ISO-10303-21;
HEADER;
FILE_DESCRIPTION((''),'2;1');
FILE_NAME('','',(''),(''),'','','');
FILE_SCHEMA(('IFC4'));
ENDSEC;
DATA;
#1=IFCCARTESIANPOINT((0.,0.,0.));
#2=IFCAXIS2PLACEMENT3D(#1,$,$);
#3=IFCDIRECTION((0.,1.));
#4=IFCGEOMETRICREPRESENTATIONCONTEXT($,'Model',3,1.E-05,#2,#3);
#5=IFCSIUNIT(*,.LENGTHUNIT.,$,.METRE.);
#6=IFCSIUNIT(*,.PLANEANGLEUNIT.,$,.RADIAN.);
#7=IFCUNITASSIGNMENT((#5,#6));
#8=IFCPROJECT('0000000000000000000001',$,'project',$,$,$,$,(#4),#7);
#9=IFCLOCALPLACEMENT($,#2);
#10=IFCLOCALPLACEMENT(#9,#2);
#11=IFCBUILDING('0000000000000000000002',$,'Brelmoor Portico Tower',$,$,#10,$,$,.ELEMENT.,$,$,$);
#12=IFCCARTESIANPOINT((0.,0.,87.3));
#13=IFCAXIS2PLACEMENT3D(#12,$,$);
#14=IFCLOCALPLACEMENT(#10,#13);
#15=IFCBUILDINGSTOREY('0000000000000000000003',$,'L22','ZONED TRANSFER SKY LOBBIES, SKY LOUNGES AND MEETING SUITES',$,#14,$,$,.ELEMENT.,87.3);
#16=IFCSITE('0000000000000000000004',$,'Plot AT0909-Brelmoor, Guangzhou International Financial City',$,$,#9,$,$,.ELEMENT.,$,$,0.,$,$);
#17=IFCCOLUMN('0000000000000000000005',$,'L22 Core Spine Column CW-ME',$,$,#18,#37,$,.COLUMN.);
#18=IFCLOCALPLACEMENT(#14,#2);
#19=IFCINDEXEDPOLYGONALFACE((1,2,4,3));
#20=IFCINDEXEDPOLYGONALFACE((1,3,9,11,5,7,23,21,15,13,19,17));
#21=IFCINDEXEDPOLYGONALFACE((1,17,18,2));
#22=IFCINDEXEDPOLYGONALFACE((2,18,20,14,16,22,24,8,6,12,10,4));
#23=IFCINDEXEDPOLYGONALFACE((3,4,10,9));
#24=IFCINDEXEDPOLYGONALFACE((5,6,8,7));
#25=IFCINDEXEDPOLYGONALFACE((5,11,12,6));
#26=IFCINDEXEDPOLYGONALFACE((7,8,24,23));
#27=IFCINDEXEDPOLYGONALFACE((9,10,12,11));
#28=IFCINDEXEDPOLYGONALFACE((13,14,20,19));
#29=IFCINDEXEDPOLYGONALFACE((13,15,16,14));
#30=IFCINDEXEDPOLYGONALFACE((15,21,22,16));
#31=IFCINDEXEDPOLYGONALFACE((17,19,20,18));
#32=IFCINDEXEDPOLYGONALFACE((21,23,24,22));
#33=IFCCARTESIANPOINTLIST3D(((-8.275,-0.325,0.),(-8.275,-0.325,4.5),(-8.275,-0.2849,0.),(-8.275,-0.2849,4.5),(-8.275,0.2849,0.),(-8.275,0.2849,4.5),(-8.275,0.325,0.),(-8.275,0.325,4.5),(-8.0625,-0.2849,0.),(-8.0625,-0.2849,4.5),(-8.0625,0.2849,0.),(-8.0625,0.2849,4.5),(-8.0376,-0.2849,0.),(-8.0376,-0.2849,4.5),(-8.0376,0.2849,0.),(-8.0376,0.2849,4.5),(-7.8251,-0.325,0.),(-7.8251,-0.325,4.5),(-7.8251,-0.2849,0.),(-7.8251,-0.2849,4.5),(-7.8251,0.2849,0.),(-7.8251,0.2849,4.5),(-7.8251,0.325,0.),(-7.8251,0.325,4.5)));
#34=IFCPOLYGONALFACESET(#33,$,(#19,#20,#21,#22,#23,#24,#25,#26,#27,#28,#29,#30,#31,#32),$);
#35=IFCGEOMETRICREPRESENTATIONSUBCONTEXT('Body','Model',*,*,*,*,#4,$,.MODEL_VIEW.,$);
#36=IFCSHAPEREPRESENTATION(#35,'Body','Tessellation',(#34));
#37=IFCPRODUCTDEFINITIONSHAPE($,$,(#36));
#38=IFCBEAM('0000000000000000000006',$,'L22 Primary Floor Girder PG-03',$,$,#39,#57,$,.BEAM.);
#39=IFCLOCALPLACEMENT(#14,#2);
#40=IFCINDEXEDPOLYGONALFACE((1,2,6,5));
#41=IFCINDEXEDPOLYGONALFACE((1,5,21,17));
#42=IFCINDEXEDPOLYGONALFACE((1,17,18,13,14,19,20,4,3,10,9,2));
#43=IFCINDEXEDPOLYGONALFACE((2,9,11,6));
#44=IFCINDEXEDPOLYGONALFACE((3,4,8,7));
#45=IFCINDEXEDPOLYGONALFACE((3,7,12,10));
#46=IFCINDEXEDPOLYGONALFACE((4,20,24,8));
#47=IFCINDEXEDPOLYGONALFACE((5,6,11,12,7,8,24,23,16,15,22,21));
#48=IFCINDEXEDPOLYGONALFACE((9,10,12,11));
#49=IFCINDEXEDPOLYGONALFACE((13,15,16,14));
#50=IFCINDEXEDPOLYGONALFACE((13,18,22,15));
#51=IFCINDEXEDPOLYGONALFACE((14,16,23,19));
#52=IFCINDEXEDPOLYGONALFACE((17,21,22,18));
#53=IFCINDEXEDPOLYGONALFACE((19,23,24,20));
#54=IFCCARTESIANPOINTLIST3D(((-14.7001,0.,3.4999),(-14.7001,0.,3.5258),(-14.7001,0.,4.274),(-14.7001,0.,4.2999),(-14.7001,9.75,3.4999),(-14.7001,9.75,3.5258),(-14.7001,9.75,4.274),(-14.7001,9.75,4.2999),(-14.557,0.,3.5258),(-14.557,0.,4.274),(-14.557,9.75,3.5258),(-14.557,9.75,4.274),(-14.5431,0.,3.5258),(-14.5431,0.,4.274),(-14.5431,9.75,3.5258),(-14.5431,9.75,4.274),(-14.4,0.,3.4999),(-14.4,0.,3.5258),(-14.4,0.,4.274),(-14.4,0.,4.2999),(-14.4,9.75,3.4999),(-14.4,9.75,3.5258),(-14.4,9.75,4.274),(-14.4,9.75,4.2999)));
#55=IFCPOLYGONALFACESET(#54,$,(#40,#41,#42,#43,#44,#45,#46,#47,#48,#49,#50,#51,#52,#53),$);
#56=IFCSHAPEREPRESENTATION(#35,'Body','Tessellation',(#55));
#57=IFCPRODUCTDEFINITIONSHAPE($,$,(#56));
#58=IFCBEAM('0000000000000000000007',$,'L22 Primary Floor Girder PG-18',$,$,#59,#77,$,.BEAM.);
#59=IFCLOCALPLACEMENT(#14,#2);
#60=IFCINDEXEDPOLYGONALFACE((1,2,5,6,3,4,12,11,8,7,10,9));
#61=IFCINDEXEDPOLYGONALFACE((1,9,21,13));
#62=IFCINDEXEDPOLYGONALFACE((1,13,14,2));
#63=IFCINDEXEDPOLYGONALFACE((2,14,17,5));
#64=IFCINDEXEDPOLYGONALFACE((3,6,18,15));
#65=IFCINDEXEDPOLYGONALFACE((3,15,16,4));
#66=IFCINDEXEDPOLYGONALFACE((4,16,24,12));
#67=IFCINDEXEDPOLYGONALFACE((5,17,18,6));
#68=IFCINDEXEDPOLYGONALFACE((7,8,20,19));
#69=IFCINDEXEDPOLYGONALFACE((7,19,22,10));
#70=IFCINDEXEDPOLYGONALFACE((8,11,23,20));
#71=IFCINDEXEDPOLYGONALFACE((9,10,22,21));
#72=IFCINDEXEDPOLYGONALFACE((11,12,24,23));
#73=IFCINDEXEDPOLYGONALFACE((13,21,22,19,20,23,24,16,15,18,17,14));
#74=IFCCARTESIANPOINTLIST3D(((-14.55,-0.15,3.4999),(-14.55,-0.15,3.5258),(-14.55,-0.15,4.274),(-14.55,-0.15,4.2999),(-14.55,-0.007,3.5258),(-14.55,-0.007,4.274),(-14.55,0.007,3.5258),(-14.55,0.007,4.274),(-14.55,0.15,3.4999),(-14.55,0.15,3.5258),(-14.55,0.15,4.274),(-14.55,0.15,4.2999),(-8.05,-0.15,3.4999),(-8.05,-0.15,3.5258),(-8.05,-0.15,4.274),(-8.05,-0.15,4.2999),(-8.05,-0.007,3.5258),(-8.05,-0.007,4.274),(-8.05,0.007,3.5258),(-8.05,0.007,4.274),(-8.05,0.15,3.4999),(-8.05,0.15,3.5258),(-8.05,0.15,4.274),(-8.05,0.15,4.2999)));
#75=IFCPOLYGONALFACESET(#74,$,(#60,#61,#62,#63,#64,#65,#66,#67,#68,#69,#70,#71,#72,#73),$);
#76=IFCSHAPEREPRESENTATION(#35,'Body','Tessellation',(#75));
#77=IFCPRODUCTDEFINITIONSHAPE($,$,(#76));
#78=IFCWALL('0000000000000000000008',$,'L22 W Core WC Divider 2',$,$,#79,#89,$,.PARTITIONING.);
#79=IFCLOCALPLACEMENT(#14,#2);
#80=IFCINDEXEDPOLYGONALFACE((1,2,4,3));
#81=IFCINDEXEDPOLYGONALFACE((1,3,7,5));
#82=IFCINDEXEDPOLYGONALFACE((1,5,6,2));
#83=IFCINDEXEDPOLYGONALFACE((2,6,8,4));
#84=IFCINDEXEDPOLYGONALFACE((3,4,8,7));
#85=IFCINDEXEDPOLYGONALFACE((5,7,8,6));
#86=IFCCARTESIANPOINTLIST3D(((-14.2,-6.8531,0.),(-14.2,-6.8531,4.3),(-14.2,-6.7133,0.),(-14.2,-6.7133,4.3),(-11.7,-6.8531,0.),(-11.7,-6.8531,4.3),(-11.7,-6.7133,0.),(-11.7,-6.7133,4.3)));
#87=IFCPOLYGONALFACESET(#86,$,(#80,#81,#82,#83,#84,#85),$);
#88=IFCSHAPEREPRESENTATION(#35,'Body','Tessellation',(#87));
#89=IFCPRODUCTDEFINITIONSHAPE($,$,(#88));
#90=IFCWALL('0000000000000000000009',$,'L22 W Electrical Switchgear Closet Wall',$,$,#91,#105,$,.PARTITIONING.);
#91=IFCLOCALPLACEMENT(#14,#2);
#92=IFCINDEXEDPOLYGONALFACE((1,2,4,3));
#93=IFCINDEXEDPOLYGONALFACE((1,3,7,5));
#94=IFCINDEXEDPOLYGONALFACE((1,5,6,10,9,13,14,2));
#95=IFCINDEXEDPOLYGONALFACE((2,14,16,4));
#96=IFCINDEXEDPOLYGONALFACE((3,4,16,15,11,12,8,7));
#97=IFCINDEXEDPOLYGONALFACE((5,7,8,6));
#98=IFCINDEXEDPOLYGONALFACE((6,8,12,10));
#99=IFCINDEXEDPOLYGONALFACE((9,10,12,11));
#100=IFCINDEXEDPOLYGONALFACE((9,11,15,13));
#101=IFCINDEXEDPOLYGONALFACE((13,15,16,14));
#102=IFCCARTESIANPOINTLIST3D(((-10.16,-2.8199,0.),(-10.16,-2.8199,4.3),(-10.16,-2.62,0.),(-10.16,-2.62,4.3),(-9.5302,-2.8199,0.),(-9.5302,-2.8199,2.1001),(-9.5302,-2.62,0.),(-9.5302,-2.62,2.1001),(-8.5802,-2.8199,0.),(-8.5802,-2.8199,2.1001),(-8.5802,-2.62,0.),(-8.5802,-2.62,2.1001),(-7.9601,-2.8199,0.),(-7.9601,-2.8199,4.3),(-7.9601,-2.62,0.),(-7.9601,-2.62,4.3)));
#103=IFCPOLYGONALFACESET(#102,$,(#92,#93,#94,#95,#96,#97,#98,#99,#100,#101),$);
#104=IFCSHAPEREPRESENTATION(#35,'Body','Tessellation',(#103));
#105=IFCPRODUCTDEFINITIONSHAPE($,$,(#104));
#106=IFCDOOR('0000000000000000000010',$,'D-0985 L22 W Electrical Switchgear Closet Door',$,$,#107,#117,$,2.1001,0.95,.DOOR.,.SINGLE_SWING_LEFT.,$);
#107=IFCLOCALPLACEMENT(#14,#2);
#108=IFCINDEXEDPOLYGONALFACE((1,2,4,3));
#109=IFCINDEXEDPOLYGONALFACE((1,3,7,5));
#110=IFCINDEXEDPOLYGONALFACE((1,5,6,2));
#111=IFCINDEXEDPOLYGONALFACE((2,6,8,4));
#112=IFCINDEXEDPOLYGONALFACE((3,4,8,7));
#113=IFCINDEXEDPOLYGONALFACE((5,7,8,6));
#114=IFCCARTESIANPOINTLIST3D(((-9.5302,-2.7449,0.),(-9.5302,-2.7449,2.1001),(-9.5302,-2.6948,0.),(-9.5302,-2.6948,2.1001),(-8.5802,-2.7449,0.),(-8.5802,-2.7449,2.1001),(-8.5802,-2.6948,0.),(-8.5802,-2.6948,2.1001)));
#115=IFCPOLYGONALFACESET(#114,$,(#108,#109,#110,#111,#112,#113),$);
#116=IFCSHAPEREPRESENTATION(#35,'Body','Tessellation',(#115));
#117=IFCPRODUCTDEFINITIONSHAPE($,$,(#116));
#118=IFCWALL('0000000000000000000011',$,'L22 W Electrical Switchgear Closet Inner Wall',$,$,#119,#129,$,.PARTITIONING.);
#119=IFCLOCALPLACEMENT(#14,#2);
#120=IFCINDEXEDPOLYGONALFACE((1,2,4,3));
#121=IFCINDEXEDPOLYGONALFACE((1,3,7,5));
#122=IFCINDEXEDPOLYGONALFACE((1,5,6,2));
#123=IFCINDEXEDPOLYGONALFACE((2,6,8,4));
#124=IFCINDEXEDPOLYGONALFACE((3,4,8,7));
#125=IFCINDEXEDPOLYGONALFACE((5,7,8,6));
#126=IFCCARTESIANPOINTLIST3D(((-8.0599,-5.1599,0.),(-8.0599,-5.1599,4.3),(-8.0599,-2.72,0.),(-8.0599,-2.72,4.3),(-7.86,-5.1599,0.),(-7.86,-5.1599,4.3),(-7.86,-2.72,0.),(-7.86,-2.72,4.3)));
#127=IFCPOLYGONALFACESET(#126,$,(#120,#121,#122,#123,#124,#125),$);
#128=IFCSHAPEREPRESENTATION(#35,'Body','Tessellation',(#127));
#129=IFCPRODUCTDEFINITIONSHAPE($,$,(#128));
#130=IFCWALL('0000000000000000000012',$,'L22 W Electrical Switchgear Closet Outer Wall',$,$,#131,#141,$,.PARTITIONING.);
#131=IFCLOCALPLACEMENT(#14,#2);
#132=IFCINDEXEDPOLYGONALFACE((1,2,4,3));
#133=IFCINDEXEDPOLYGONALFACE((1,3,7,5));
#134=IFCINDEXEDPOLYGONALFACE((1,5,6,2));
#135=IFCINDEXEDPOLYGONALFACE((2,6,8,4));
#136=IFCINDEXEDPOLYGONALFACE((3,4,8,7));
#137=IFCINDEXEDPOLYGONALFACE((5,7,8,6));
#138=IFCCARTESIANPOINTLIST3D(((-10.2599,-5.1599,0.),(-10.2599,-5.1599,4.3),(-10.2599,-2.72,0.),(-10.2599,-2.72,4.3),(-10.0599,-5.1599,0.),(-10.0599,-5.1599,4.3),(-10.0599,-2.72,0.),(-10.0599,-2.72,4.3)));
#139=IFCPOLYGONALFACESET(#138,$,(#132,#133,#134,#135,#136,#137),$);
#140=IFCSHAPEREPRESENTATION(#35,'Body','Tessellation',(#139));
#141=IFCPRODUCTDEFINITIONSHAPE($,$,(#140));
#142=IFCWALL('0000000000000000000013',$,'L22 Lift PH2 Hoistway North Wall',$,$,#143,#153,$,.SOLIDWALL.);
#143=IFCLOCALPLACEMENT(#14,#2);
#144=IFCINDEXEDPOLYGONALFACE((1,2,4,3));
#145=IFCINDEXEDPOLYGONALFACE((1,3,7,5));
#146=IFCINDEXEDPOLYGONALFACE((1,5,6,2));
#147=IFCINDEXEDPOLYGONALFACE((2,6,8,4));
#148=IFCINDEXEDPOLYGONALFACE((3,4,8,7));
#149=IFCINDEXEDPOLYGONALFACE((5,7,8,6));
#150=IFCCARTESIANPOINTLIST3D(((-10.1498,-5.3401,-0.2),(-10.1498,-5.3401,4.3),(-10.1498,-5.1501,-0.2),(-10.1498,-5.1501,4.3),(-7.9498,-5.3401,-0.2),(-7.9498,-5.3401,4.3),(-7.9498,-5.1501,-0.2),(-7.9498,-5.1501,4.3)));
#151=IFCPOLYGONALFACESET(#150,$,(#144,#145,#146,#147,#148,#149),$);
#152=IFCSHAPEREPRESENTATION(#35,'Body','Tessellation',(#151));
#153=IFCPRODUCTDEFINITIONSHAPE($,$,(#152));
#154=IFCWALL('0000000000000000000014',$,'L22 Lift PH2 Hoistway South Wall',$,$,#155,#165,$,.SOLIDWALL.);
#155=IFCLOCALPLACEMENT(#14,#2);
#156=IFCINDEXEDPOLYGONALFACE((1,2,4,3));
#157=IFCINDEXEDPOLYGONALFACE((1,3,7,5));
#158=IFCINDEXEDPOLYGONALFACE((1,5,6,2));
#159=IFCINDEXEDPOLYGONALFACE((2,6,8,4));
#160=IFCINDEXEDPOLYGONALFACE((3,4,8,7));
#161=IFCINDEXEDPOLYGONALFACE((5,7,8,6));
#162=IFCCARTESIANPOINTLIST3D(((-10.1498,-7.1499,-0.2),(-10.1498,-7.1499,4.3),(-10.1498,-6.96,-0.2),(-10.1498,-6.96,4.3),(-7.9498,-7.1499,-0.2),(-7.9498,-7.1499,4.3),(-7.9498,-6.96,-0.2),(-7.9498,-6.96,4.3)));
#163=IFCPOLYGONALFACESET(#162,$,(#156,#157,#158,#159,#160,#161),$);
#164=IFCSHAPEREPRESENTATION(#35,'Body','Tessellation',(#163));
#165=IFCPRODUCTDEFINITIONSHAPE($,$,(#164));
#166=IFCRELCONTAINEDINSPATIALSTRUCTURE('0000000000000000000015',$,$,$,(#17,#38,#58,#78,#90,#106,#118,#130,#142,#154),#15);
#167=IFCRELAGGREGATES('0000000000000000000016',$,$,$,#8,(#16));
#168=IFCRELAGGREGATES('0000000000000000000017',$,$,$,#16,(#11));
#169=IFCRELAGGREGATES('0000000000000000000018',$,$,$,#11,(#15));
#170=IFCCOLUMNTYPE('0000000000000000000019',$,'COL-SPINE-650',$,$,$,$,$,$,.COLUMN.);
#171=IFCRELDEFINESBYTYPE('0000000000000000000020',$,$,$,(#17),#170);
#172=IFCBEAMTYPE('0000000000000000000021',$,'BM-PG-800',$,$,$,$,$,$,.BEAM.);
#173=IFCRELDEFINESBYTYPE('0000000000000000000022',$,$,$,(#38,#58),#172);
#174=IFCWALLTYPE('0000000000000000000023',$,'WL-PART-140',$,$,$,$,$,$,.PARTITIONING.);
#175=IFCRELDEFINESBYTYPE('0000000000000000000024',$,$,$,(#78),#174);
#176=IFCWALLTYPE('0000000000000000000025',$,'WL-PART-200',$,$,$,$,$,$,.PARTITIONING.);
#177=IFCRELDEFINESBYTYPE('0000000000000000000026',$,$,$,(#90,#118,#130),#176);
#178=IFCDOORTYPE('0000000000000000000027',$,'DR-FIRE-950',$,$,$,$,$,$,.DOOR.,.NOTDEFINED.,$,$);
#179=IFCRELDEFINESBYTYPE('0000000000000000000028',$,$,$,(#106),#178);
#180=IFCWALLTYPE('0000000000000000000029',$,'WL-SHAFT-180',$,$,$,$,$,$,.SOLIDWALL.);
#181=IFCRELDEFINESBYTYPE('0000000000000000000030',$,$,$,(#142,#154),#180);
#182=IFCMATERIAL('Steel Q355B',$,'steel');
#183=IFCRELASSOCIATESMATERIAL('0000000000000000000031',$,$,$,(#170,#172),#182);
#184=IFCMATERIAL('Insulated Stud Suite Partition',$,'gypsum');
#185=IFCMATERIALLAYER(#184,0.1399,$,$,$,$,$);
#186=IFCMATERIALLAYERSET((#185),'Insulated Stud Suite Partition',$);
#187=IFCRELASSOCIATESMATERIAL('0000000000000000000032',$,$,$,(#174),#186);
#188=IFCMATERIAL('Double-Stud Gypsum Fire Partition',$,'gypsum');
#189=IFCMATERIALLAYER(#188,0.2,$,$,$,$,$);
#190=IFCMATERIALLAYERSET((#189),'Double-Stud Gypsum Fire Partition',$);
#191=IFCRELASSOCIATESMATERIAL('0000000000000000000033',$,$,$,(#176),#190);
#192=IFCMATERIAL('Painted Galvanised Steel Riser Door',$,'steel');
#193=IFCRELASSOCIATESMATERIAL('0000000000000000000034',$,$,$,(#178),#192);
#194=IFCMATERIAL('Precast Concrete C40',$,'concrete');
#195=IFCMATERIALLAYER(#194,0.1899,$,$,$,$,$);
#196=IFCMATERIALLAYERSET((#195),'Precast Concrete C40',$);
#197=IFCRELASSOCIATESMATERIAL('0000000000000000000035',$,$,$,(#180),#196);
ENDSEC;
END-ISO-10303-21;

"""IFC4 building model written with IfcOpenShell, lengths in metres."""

from ifc_helpers import new_model, si_unit, direction, frame, frame_2d, origin, origin_2d, place, context, subcontext, project, spatial, rectangle, i_section, extrude, material, layer, layer_set, material_profile, profile_set, type_object, element, fill, save


model = new_model("IFC4")

# Units and contexts
model_context = context("Model", 3, precision=1e-05, world=origin(), true_north=direction((0.0, 1.0)))
body_context = subcontext(model_context, "Body", "Model", "MODEL_VIEW")
ifc_project = project(units=[si_unit("LENGTHUNIT", "METRE"), si_unit("PLANEANGLEUNIT", "RADIAN")], contexts=[model_context])

# Site, building, storey
site_placement = place(None, origin())
site = spatial("IfcSite", under=ifc_project, at=site_placement, Name="Plot AT0909-Brelmoor, Guangzhou International Financial City", CompositionType="ELEMENT", RefElevation=0.0)
building_placement = place(site_placement, origin())
building = spatial("IfcBuilding", under=site, at=building_placement, Name="Brelmoor Portico Tower", CompositionType="ELEMENT")
storey_placement = place(building_placement, frame((0.0, 0.0, 87.3)))
storey = spatial("IfcBuildingStorey", under=building, at=storey_placement, Name="L22", Description="ZONED TRANSFER SKY LOBBIES, SKY LOUNGES AND MEETING SUITES", CompositionType="ELEMENT", Elevation=87.3)

# Column
ifc_material_1 = material(Name="Steel Q355B", Category="steel")
ifc_material_profile_1 = material_profile(ifc_material_1, i_section(OverallWidth=0.45, OverallDepth=0.6499, WebThickness=0.0249, FlangeThickness=0.04, at=origin_2d()), Name="HW 650x450x25x40")
ifc_profile_set_1 = profile_set([ifc_material_profile_1], Name="Steel Q355B")
column_type = type_object("IfcColumnType", Name="COL-SPINE-650", PredefinedType="COLUMN", material=ifc_profile_set_1)
column_placement = place(storey_placement, frame((-8.05, 0.0, 0.0), z_axis=(0.0, 0.0, 1.0), x_axis=(1.0, 0.0, 0.0)))
element("IfcColumn", 1, at=column_placement, inside=storey, type_object=column_type, Name="L22 Core Spine Column CW-ME", PredefinedType="COLUMN", context=body_context, shape_type="SweptSolid", body=[
    extrude(i_section(OverallWidth=0.45, OverallDepth=0.6499, WebThickness=0.0249, FlangeThickness=0.04, at=origin_2d()), origin(), (0.0, 0.0, 1.0), 4.5),
])

# Beams
ifc_material_profile_2 = material_profile(ifc_material_1, i_section(OverallWidth=0.3, OverallDepth=0.8, WebThickness=0.0139, FlangeThickness=0.0259, at=origin_2d()), Name="HN 800x300x14x26")
ifc_profile_set_2 = profile_set([ifc_material_profile_2], Name="Steel Q355B")
beam_type = type_object("IfcBeamType", Name="BM-PG-800", PredefinedType="BEAM", material=ifc_profile_set_2)
beam_1_placement = place(storey_placement, frame((-14.55, 0.0, 3.8999), z_axis=(0.0, 1.0, 0.0), x_axis=(-1.0, 0.0, 0.0)))
element("IfcBeam", 2, at=beam_1_placement, inside=storey, type_object=beam_type, Name="L22 Primary Floor Girder PG-03", PredefinedType="BEAM", context=body_context, shape_type="SweptSolid", body=[
    extrude(i_section(OverallWidth=0.3, OverallDepth=0.8, WebThickness=0.0139, FlangeThickness=0.0259, at=origin_2d()), origin(), (0.0, 0.0, 1.0), 9.75),
])
beam_2_placement = place(storey_placement, frame((-14.55, 0.0, 3.8999), z_axis=(1.0, 0.0, 0.0), x_axis=(0.0, 1.0, 0.0)))
element("IfcBeam", 3, at=beam_2_placement, inside=storey, type_object=beam_type, Name="L22 Primary Floor Girder PG-18", PredefinedType="BEAM", context=body_context, shape_type="SweptSolid", body=[
    extrude(i_section(OverallWidth=0.3, OverallDepth=0.8, WebThickness=0.0139, FlangeThickness=0.0259, at=origin_2d()), origin(), (0.0, 0.0, 1.0), 6.5),
])

# Wall
ifc_material_2 = material(Name="Insulated Stud Suite Partition", Category="gypsum")
ifc_layer_1 = layer(ifc_material_2, 0.1399)
ifc_layer_set_1 = layer_set([ifc_layer_1], Name="Insulated Stud Suite Partition")
wall_type_1 = type_object("IfcWallType", Name="WL-PART-140", PredefinedType="PARTITIONING", material=ifc_layer_set_1)
wall_1_placement = place(storey_placement, frame((-11.7, -6.7832, 0.0), z_axis=(0.0, 0.0, 1.0), x_axis=(-1.0, 0.0, 0.0)))
element("IfcWall", 4, at=wall_1_placement, inside=storey, type_object=wall_type_1, Name="L22 W Core WC Divider 2", PredefinedType="PARTITIONING", context=body_context, shape_type="SweptSolid", body=[
    extrude(rectangle(XDim=2.5, YDim=0.1399, at=frame_2d((1.25, 0.0))), origin(), (0.0, 0.0, 1.0), 4.3),
])

# Wall, opening, door
ifc_material_3 = material(Name="Double-Stud Gypsum Fire Partition", Category="gypsum")
ifc_layer_2 = layer(ifc_material_3, 0.2)
ifc_layer_set_2 = layer_set([ifc_layer_2], Name="Double-Stud Gypsum Fire Partition")
wall_type_2 = type_object("IfcWallType", Name="WL-PART-200", PredefinedType="PARTITIONING", material=ifc_layer_set_2)
wall_2_placement = place(storey_placement, frame((-7.96, -2.72, 0.0), z_axis=(0.0, 0.0, 1.0), x_axis=(-1.0, 0.0, 0.0)))
wall_2 = element("IfcWall", 5, at=wall_2_placement, inside=storey, type_object=wall_type_2, Name="L22 W Electrical Switchgear Closet Wall", PredefinedType="PARTITIONING", context=body_context, shape_type="SweptSolid", body=[
    extrude(rectangle(XDim=2.2, YDim=0.2, at=frame_2d((1.1001, 0.0))), origin(), (0.0, 0.0, 1.0), 4.3),
])
opening_1_placement = place(wall_2_placement, frame((0.6201, 0.0, 0.0)))
opening_1 = element("IfcOpeningElement", 6, at=opening_1_placement, cuts=wall_2, PredefinedType="OPENING", context=body_context, shape_type="SweptSolid", body=[
    extrude(rectangle(XDim=0.95, YDim=2.1001, at=frame_2d((0.4751, 1.05))), frame((0.0, 0.1099, 0.0), z_axis=(0.0, -1.0, 0.0), x_axis=(1.0, 0.0, 0.0)), (0.0, 0.0, 1.0), 0.22),
])
ifc_material_4 = material(Name="Painted Galvanised Steel Riser Door", Category="steel")
door_type_1 = type_object("IfcDoorType", Name="DR-FIRE-950", OperationType="NOTDEFINED", PredefinedType="DOOR", material=ifc_material_4)
door_1_placement = place(opening_1_placement, origin())
door_1 = element("IfcDoor", 7, at=door_1_placement, inside=storey, type_object=door_type_1, Name="D-0985 L22 W Electrical Switchgear Closet Door", OperationType="SINGLE_SWING_LEFT", OverallHeight=2.1001, OverallWidth=0.95, PredefinedType="DOOR", context=body_context, shape_type="SweptSolid", body=[
    extrude(rectangle(XDim=0.95, YDim=2.1001, at=frame_2d((0.4751, 1.05))), frame((0.0, 0.0249, 0.0), z_axis=(0.0, -1.0, 0.0), x_axis=(1.0, 0.0, 0.0)), (0.0, 0.0, 1.0), 0.05),
])
fill(opening_1, door_1)

# Walls
for number, where, z_axis, x_axis, name in (
    (8, (-7.96, -5.1599, 0.0), (0.0, 0.0, 1.0), (0.0, 1.0, 0.0), "L22 W Electrical Switchgear Closet Inner Wall"),
    (9, (-10.1599, -5.1599, 0.0), (0.0, 0.0, 1.0), (0.0, 1.0, 0.0), "L22 W Electrical Switchgear Closet Outer Wall"),
):
    element("IfcWall", number, at=place(storey_placement, frame(where, z_axis=z_axis, x_axis=x_axis)), inside=storey, type_object=wall_type_2, Name=name, PredefinedType="PARTITIONING", context=body_context, shape_type="SweptSolid", body=[
        extrude(rectangle(XDim=2.4399, YDim=0.2, at=frame_2d((1.22, 0.0))), origin(), (0.0, 0.0, 1.0), 4.3),
    ])
ifc_material_5 = material(Name="Precast Concrete C40", Category="concrete")
ifc_layer_3 = layer(ifc_material_5, 0.1899)
ifc_layer_set_3 = layer_set([ifc_layer_3], Name="Precast Concrete C40")
wall_type_3 = type_object("IfcWallType", Name="WL-SHAFT-180", PredefinedType="SOLIDWALL", material=ifc_layer_set_3)
for number, where, z_axis, x_axis, name in (
    (10, (-10.1499, -5.2451, -0.2), (0.0, 0.0, 1.0), (1.0, 0.0, 0.0), "L22 Lift PH2 Hoistway North Wall"),
    (11, (-10.1499, -7.0549, -0.2), (0.0, 0.0, 1.0), (1.0, 0.0, 0.0), "L22 Lift PH2 Hoistway South Wall"),
):
    element("IfcWall", number, at=place(storey_placement, frame(where, z_axis=z_axis, x_axis=x_axis)), inside=storey, type_object=wall_type_3, Name=name, PredefinedType="SOLIDWALL", context=body_context, shape_type="SweptSolid", body=[
        extrude(rectangle(XDim=2.2, YDim=0.1899, at=frame_2d((1.1001, 0.0))), origin(), (0.0, 0.0, 1.0), 4.5),
    ])

save(model, "model.ifc")
